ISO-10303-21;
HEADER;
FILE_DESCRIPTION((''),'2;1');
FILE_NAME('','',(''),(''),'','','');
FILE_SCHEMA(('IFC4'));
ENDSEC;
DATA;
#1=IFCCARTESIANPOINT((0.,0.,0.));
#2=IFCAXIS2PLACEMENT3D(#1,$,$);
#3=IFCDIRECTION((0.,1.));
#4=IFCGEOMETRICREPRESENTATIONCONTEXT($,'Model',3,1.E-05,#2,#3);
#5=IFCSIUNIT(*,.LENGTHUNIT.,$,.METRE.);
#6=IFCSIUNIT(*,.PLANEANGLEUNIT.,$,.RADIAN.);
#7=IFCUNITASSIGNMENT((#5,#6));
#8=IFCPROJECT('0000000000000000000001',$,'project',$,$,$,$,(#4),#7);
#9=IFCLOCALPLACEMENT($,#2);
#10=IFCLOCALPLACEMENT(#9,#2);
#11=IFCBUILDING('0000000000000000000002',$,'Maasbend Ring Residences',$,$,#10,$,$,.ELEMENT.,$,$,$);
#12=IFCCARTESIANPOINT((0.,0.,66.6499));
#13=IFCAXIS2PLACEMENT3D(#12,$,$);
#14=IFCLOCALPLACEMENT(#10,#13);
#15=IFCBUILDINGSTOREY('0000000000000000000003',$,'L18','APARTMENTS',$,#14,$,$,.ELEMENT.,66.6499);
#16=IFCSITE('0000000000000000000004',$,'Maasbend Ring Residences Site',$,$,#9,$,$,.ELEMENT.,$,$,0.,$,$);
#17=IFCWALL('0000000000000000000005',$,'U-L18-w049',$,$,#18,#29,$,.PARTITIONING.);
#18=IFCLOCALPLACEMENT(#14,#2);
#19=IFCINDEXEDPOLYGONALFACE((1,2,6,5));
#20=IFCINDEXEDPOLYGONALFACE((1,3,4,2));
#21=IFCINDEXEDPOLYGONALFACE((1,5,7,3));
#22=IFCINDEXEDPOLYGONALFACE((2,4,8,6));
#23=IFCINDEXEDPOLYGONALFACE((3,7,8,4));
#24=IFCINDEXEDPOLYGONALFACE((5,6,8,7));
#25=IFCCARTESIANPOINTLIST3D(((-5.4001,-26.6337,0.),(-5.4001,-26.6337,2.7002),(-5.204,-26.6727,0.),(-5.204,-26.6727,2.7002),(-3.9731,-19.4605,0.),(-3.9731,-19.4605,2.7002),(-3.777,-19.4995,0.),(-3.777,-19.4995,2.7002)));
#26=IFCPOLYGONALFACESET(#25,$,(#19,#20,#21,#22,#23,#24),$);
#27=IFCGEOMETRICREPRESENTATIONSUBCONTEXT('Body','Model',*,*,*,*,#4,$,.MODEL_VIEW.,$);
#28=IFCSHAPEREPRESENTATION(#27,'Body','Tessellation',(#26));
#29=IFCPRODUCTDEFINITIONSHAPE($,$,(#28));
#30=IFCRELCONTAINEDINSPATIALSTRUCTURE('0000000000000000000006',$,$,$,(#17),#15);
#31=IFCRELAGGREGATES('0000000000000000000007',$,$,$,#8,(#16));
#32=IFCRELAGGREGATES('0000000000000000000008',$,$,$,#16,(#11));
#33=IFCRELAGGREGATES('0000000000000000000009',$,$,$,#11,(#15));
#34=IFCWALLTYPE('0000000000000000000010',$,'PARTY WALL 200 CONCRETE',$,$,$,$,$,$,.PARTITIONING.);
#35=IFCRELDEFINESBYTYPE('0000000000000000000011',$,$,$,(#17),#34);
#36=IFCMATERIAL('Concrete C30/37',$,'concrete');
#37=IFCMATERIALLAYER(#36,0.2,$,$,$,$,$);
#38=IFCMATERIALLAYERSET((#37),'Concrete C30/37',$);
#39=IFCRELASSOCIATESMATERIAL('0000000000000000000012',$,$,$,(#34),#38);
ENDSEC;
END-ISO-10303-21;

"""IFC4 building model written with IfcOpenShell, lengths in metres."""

from ifc_helpers import new_model, si_unit, direction, frame, frame_2d, origin, place, context, subcontext, project, spatial, rectangle, extrude, material, layer, layer_set, type_object, element, save


model = new_model("IFC4")

# Units and contexts
model_context = context("Model", 3, precision=1e-05, world=origin(), true_north=direction((0.0, 1.0)))
body_context = subcontext(model_context, "Body", "Model", "MODEL_VIEW")
ifc_project = project(units=[si_unit("LENGTHUNIT", "METRE"), si_unit("PLANEANGLEUNIT", "RADIAN")], contexts=[model_context])

# Site, building, storey
site_placement = place(None, origin())
site = spatial("IfcSite", under=ifc_project, at=site_placement, Name="Maasbend Ring Residences Site", CompositionType="ELEMENT", RefElevation=0.0)
building_placement = place(site_placement, origin())
building = spatial("IfcBuilding", under=site, at=building_placement, Name="Maasbend Ring Residences", CompositionType="ELEMENT")
storey_placement = place(building_placement, frame((0.0, 0.0, 66.6499)))
storey = spatial("IfcBuildingStorey", under=building, at=storey_placement, Name="L18", Description="APARTMENTS", CompositionType="ELEMENT", Elevation=66.6499)

# Wall
ifc_material_1 = material(Name="Concrete C30/37", Category="concrete")
ifc_layer_1 = layer(ifc_material_1, 0.2)
ifc_layer_set_1 = layer_set([ifc_layer_1], Name="Concrete C30/37")
wall_type_1 = type_object("IfcWallType", Name="PARTY WALL 200 CONCRETE", PredefinedType="PARTITIONING", material=ifc_layer_set_1)
wall_1_placement = place(storey_placement, frame((-5.302, -26.6531, 0.0), z_axis=(0.0, 0.0, 1.0), x_axis=(0.195115, 0.98078, 0.0)))
element("IfcWall", 1, at=wall_1_placement, inside=storey, type_object=wall_type_1, Name="U-L18-w049", PredefinedType="PARTITIONING", context=body_context, shape_type="SweptSolid", body=[
    extrude(rectangle(XDim=7.3137, YDim=0.2, at=frame_2d((3.6567, 0.0))), origin(), (0.0, 0.0, 1.0), 2.7002),
])

save(model, "model.ifc")
